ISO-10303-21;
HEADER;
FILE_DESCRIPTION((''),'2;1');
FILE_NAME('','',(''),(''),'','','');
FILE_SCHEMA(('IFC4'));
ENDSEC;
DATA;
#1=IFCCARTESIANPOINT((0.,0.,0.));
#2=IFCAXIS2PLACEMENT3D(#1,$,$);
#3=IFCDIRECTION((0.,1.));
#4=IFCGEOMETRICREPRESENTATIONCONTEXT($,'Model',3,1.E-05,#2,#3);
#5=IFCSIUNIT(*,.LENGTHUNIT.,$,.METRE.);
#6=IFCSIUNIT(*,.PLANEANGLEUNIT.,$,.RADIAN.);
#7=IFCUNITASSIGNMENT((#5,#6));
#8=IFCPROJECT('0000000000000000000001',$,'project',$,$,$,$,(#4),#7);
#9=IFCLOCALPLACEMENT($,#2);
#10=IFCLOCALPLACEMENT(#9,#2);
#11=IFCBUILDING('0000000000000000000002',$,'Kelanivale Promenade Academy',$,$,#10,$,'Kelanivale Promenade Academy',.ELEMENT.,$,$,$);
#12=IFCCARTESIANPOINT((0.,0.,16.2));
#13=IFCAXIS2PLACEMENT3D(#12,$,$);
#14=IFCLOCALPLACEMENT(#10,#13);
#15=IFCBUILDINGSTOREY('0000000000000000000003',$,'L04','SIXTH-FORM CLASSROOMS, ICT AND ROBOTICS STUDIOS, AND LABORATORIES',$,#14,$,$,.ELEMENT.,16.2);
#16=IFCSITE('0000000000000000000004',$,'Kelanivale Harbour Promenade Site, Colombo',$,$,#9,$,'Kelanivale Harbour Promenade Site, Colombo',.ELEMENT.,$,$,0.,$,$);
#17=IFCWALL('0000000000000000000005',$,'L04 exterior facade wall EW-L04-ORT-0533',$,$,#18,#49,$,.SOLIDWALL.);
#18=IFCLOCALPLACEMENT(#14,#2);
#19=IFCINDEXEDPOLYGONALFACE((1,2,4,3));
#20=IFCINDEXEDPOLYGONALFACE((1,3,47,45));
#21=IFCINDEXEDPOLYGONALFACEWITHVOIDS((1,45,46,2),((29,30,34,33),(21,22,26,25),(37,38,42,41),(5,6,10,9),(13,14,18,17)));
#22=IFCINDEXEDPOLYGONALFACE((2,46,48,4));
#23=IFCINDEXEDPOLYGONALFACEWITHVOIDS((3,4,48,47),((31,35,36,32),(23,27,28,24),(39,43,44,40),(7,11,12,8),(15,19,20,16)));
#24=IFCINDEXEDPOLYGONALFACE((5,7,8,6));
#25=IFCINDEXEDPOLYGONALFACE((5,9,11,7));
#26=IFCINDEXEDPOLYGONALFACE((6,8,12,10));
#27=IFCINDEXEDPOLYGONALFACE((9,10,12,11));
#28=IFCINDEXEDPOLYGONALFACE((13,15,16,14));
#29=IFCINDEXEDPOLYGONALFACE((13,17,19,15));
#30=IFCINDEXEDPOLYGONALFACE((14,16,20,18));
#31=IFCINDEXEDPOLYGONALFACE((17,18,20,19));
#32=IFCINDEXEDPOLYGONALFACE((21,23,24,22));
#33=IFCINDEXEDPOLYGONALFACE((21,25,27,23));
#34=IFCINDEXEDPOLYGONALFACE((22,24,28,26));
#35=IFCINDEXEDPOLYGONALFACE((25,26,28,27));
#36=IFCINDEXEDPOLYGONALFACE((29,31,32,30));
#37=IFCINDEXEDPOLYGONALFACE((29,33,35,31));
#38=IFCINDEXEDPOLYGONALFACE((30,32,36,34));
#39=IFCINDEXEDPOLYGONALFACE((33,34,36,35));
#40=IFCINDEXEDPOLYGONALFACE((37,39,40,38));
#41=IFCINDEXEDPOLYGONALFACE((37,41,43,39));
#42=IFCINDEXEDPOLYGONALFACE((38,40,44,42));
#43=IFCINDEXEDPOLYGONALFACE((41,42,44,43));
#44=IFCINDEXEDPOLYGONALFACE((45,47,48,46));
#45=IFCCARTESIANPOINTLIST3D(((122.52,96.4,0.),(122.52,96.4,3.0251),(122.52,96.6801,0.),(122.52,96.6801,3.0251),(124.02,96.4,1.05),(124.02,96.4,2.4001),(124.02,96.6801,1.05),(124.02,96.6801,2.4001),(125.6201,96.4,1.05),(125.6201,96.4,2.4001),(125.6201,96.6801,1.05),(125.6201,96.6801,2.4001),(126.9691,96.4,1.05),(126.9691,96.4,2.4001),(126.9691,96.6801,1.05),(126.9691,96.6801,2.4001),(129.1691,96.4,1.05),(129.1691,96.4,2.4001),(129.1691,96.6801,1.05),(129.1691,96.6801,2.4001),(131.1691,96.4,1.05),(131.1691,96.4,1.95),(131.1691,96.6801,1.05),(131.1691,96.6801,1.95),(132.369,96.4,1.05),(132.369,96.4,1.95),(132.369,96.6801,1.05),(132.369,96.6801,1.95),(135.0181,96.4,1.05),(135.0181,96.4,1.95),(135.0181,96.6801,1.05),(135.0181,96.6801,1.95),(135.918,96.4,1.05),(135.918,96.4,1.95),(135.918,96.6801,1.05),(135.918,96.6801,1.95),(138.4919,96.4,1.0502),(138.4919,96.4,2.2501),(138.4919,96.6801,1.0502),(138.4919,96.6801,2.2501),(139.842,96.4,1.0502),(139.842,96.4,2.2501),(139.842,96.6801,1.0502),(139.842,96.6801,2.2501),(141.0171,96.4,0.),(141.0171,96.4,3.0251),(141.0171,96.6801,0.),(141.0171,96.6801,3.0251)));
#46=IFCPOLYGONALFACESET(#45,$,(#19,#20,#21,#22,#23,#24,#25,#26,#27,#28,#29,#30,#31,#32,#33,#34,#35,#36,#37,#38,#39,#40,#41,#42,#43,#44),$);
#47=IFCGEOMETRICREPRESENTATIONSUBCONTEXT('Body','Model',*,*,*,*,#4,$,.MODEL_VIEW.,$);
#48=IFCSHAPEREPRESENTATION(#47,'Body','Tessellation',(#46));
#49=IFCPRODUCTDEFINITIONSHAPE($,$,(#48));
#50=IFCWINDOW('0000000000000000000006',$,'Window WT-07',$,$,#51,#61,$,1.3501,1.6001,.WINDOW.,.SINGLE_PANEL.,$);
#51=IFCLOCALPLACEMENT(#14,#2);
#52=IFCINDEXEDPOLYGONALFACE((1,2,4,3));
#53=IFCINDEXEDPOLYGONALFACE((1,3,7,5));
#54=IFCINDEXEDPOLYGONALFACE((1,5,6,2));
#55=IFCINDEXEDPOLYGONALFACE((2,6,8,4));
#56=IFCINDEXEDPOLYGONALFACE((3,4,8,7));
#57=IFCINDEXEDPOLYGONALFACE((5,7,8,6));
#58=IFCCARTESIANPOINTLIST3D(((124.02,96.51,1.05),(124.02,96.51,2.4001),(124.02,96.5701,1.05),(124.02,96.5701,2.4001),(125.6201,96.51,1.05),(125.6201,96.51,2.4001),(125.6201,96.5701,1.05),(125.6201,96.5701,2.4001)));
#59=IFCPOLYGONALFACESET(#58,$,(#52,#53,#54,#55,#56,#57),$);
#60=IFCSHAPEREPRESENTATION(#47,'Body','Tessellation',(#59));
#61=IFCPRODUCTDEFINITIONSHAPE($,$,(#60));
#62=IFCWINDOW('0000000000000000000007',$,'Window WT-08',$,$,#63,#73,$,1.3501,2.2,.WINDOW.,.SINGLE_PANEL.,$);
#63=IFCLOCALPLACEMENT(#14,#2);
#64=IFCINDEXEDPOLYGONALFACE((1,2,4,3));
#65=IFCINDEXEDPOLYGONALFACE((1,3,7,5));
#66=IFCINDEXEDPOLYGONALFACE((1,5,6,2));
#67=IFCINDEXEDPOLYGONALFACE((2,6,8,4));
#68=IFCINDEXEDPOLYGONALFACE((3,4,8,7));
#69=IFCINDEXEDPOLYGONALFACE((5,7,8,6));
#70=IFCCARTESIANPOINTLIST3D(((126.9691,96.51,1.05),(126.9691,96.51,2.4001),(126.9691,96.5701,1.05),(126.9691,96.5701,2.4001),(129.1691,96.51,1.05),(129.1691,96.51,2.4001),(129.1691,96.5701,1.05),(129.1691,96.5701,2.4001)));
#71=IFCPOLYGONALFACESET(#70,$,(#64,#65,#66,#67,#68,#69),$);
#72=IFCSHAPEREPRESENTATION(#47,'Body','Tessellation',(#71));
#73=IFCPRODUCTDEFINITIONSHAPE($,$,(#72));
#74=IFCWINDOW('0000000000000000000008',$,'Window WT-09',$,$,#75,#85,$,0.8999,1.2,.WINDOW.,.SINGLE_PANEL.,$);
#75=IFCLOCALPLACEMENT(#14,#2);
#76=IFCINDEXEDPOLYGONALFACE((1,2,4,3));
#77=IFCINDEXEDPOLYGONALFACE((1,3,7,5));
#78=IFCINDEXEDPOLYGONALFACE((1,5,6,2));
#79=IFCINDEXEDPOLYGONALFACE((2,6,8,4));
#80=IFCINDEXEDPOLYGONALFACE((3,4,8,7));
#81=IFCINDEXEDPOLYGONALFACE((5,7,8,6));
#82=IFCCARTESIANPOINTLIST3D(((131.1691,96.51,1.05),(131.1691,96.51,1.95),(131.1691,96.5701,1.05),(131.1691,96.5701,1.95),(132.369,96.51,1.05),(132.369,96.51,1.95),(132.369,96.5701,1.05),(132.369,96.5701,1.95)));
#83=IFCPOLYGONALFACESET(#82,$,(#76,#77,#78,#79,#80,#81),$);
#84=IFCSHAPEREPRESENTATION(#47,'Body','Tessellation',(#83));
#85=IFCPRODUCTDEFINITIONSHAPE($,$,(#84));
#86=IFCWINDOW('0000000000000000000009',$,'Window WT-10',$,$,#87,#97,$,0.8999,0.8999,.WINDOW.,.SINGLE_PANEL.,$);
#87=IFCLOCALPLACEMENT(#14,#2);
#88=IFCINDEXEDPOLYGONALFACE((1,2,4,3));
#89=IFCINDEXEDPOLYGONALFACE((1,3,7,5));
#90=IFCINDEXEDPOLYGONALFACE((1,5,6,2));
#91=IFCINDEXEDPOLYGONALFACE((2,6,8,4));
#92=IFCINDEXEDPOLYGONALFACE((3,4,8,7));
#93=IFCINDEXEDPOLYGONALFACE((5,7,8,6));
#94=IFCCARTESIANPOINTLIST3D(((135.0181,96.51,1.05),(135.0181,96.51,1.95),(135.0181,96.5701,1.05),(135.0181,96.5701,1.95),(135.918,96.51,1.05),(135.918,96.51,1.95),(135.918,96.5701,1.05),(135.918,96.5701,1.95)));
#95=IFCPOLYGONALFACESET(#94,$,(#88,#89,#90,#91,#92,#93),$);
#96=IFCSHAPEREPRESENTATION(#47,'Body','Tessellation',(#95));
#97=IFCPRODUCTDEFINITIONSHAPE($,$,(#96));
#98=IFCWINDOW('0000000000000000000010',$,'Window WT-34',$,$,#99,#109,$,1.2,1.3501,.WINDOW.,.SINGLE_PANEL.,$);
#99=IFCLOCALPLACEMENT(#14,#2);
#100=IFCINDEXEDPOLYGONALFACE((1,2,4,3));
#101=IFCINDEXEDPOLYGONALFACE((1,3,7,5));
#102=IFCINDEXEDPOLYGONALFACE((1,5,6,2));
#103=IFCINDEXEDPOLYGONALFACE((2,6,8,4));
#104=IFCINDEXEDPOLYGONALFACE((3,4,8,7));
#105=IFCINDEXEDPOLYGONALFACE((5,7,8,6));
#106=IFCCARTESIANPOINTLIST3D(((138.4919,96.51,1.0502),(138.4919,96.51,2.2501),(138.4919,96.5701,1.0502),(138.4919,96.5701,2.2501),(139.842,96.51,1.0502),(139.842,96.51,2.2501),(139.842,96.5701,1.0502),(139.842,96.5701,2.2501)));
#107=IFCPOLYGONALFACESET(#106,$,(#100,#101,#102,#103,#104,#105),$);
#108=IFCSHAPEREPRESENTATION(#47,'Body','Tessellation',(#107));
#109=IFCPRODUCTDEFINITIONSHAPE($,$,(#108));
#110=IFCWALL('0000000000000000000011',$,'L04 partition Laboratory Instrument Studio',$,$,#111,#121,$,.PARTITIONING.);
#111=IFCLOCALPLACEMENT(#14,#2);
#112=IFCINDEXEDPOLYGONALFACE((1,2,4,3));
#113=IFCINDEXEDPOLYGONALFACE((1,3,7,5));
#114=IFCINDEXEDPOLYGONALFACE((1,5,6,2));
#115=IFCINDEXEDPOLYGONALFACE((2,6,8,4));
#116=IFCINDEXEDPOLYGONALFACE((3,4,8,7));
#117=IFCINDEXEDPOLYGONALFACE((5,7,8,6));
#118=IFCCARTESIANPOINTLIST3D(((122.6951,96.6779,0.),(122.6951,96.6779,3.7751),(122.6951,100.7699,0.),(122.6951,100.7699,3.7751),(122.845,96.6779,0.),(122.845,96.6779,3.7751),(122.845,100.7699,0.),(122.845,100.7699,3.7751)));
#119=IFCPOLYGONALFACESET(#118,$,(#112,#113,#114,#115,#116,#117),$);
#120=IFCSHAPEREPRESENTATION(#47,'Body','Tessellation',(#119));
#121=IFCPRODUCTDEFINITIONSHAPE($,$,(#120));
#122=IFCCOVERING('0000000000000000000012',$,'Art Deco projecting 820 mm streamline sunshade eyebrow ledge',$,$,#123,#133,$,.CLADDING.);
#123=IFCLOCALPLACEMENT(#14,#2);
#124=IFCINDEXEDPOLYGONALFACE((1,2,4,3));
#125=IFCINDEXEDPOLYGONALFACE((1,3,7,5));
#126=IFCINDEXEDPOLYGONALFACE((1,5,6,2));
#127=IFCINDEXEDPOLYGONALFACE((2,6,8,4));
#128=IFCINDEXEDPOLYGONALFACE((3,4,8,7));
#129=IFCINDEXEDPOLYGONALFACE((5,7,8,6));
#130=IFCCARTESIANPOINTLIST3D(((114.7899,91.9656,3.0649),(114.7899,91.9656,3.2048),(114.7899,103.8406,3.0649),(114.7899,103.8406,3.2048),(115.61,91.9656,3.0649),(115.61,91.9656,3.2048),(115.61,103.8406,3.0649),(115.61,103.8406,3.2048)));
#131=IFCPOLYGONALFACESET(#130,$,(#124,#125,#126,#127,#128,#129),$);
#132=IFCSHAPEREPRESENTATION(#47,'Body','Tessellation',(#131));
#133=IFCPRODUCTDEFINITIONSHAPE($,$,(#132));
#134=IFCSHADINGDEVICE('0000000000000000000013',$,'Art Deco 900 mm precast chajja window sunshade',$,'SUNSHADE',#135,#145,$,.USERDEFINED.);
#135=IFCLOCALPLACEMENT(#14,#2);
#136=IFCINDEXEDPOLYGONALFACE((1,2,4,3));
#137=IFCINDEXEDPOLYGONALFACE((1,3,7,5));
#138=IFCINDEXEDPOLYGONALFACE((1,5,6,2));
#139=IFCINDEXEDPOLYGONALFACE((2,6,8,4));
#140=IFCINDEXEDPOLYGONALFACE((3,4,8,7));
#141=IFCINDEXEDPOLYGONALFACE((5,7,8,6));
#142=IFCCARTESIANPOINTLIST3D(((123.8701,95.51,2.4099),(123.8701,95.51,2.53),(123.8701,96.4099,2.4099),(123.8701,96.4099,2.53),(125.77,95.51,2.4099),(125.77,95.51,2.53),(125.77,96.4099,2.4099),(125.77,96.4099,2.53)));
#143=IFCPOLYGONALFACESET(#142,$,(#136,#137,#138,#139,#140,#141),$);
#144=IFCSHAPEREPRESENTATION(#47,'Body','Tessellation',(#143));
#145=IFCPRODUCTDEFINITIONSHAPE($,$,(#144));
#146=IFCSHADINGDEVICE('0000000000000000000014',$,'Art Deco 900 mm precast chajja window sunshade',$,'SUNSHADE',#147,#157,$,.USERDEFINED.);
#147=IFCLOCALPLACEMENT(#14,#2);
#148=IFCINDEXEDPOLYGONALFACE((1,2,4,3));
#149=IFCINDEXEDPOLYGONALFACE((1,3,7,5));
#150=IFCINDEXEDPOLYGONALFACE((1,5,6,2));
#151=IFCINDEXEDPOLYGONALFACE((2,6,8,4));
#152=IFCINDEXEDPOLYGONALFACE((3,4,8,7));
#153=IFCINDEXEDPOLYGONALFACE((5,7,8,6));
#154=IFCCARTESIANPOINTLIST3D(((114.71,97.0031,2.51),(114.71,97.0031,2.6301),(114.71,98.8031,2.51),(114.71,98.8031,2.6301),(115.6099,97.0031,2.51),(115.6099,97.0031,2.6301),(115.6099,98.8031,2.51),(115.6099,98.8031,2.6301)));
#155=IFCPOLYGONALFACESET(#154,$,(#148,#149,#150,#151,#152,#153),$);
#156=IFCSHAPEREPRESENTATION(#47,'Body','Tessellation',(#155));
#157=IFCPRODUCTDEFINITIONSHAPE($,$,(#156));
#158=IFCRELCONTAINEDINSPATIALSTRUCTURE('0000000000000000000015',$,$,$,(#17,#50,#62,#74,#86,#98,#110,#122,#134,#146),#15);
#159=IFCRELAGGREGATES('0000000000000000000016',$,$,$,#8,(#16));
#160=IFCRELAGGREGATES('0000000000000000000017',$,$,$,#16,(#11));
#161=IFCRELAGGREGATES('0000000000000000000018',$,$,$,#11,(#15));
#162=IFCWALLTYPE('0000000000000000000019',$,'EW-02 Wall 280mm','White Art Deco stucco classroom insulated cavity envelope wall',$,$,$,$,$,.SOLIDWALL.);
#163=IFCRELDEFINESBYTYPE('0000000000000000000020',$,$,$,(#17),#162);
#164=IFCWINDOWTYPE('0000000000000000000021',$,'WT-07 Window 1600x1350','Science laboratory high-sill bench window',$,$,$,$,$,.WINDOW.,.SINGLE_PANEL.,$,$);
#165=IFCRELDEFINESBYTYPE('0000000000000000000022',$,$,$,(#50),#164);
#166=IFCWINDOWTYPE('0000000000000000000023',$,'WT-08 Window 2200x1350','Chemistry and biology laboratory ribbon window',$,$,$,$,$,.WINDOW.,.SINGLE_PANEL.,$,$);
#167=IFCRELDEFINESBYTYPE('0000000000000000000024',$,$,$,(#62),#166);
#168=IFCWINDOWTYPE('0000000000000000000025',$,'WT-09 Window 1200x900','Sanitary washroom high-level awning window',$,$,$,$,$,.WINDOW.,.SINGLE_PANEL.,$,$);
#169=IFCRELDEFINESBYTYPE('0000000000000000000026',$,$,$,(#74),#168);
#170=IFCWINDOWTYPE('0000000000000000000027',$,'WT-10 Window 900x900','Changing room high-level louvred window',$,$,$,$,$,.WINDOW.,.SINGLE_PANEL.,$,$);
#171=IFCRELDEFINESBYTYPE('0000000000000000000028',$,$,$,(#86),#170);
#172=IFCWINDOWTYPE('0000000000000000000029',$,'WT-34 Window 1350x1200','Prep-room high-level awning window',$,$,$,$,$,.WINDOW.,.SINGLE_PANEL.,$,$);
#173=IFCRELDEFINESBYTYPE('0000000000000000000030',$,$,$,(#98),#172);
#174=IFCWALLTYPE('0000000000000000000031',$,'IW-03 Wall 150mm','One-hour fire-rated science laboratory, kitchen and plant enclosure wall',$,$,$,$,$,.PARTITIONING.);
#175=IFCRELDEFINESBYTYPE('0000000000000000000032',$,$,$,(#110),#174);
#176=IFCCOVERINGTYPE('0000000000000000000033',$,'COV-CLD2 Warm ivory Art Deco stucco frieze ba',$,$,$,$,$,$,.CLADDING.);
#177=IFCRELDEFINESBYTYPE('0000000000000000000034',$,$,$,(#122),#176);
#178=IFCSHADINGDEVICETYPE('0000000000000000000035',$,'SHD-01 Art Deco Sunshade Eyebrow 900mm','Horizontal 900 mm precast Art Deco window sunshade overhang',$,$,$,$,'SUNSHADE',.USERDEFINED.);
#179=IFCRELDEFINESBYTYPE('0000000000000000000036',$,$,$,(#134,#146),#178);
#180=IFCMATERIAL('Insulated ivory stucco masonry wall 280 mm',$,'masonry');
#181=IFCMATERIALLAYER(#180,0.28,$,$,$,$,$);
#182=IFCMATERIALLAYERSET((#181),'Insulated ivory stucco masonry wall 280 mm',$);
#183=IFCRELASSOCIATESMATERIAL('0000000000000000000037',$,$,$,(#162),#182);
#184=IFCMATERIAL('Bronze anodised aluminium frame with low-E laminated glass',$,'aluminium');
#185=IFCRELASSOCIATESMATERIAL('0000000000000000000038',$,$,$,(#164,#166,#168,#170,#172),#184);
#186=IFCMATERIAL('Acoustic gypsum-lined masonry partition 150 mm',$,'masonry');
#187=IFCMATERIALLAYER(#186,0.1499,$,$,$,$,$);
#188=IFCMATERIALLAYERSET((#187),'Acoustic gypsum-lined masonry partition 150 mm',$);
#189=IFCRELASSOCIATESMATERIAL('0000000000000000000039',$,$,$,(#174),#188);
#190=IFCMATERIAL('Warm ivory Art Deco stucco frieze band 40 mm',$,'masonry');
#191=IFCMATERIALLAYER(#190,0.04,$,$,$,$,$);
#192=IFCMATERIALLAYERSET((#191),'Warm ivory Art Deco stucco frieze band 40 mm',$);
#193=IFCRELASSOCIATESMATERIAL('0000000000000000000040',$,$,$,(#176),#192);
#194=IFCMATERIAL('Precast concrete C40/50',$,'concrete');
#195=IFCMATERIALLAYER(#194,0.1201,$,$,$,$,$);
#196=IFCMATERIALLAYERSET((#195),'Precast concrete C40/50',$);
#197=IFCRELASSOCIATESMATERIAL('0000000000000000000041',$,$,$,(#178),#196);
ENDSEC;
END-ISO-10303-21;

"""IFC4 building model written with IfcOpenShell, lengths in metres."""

from ifc_helpers import new_model, si_unit, direction, frame, frame_2d, origin, origin_2d, place, context, subcontext, project, spatial, rectangle, extrude, material, layer, layer_set, type_object, element, fill, save


model = new_model("IFC4")

# Units and contexts
model_context = context("Model", 3, precision=1e-05, world=origin(), true_north=direction((0.0, 1.0)))
body_context = subcontext(model_context, "Body", "Model", "MODEL_VIEW")
ifc_project = project(units=[si_unit("LENGTHUNIT", "METRE"), si_unit("PLANEANGLEUNIT", "RADIAN")], contexts=[model_context])

# Site, building, storey
site_placement = place(None, origin())
site = spatial("IfcSite", under=ifc_project, at=site_placement, Name="Kelanivale Harbour Promenade Site, Colombo", LongName="Kelanivale Harbour Promenade Site, Colombo", CompositionType="ELEMENT", RefElevation=0.0)
building_placement = place(site_placement, origin())
building = spatial("IfcBuilding", under=site, at=building_placement, Name="Kelanivale Promenade Academy", LongName="Kelanivale Promenade Academy", CompositionType="ELEMENT")
storey_placement = place(building_placement, frame((0.0, 0.0, 16.2)))
storey = spatial("IfcBuildingStorey", under=building, at=storey_placement, Name="L04", Description="SIXTH-FORM CLASSROOMS, ICT AND ROBOTICS STUDIOS, AND LABORATORIES", CompositionType="ELEMENT", Elevation=16.2)

# Wall, openings, windows
ifc_material_1 = material(Name="Insulated ivory stucco masonry wall 280 mm", Category="masonry")
ifc_layer_1 = layer(ifc_material_1, 0.28)
ifc_layer_set_1 = layer_set([ifc_layer_1], Name="Insulated ivory stucco masonry wall 280 mm")
wall_type_1 = type_object("IfcWallType", Name="EW-02 Wall 280mm", Description="White Art Deco stucco classroom insulated cavity envelope wall", PredefinedType="SOLIDWALL", material=ifc_layer_set_1)
wall_1_placement = place(storey_placement, frame((122.52, 96.54, 0.0), z_axis=(0.0, 0.0, 1.0), x_axis=(1.0, 0.0, 0.0)))
wall_1 = element("IfcWall", 1, at=wall_1_placement, inside=storey, type_object=wall_type_1, Name="L04 exterior facade wall EW-L04-ORT-0533", PredefinedType="SOLIDWALL", context=body_context, shape_type="SweptSolid", body=[
    extrude(rectangle(XDim=18.4971, YDim=0.28, at=frame_2d((9.2485, 0.0))), origin(), (0.0, 0.0, 1.0), 3.0251),
])
opening_1_placement = place(wall_1_placement, frame((1.5, 0.0, 1.05)))
opening_1 = element("IfcOpeningElement", 2, at=opening_1_placement, cuts=wall_1, PredefinedType="OPENING", context=body_context, shape_type="SweptSolid", body=[
    extrude(rectangle(XDim=1.6001, YDim=1.3501, at=frame_2d((0.8, 0.675))), frame((0.0, 0.1499, 0.0), z_axis=(0.0, -1.0, 0.0), x_axis=(1.0, 0.0, 0.0)), (0.0, 0.0, 1.0), 0.3),
])
opening_2_placement = place(wall_1_placement, frame((4.449, 0.0, 1.05)))
opening_2 = element("IfcOpeningElement", 3, at=opening_2_placement, cuts=wall_1, PredefinedType="OPENING", context=body_context, shape_type="SweptSolid", body=[
    extrude(rectangle(XDim=2.2, YDim=1.3501, at=frame_2d((1.1001, 0.675))), frame((0.0, 0.1499, 0.0), z_axis=(0.0, -1.0, 0.0), x_axis=(1.0, 0.0, 0.0)), (0.0, 0.0, 1.0), 0.3),
])
opening_3_placement = place(wall_1_placement, frame((8.6489, 0.0, 1.05)))
opening_3 = element("IfcOpeningElement", 4, at=opening_3_placement, cuts=wall_1, PredefinedType="OPENING", context=body_context, shape_type="SweptSolid", body=[
    extrude(rectangle(XDim=1.2, YDim=0.8999, at=frame_2d((0.6001, 0.45))), frame((0.0, 0.1499, 0.0), z_axis=(0.0, -1.0, 0.0), x_axis=(1.0, 0.0, 0.0)), (0.0, 0.0, 1.0), 0.3),
])
opening_4_placement = place(wall_1_placement, frame((12.498, 0.0, 1.05)))
opening_4 = element("IfcOpeningElement", 5, at=opening_4_placement, cuts=wall_1, PredefinedType="OPENING", context=body_context, shape_type="SweptSolid", body=[
    extrude(rectangle(XDim=0.8999, YDim=0.8999, at=frame_2d((0.45, 0.45))), frame((0.0, 0.1499, 0.0), z_axis=(0.0, -1.0, 0.0), x_axis=(1.0, 0.0, 0.0)), (0.0, 0.0, 1.0), 0.3),
])
opening_5_placement = place(wall_1_placement, frame((15.9719, 0.0, 1.05)))
opening_5 = element("IfcOpeningElement", 6, at=opening_5_placement, cuts=wall_1, PredefinedType="OPENING", context=body_context, shape_type="SweptSolid", body=[
    extrude(rectangle(XDim=1.3501, YDim=1.2, at=frame_2d((0.675, 0.6001))), frame((0.0, 0.1499, 0.0), z_axis=(0.0, -1.0, 0.0), x_axis=(1.0, 0.0, 0.0)), (0.0, 0.0, 1.0), 0.3),
])
ifc_material_2 = material(Name="Bronze anodised aluminium frame with low-E laminated glass", Category="aluminium")
window_type_1 = type_object("IfcWindowType", Name="WT-07 Window 1600x1350", Description="Science laboratory high-sill bench window", PartitioningType="SINGLE_PANEL", PredefinedType="WINDOW", material=ifc_material_2)
window_1_placement = place(opening_1_placement, origin())
window_1 = element("IfcWindow", 7, at=window_1_placement, inside=storey, type_object=window_type_1, Name="Window WT-07", OverallHeight=1.3501, OverallWidth=1.6001, PartitioningType="SINGLE_PANEL", PredefinedType="WINDOW", context=body_context, shape_type="SweptSolid", body=[
    extrude(rectangle(XDim=1.6001, YDim=1.3501, at=frame_2d((0.8, 0.675))), frame((0.0, 0.03, 0.0), z_axis=(0.0, -1.0, 0.0), x_axis=(1.0, 0.0, 0.0)), (0.0, 0.0, 1.0), 0.0601),
])
fill(opening_1, window_1)
window_type_2 = type_object("IfcWindowType", Name="WT-08 Window 2200x1350", Description="Chemistry and biology laboratory ribbon window", PartitioningType="SINGLE_PANEL", PredefinedType="WINDOW", material=ifc_material_2)
window_2_placement = place(opening_2_placement, origin())
window_2 = element("IfcWindow", 8, at=window_2_placement, inside=storey, type_object=window_type_2, Name="Window WT-08", OverallHeight=1.3501, OverallWidth=2.2, PartitioningType="SINGLE_PANEL", PredefinedType="WINDOW", context=body_context, shape_type="SweptSolid", body=[
    extrude(rectangle(XDim=2.2, YDim=1.3501, at=frame_2d((1.1001, 0.675))), frame((0.0, 0.03, 0.0), z_axis=(0.0, -1.0, 0.0), x_axis=(1.0, 0.0, 0.0)), (0.0, 0.0, 1.0), 0.0601),
])
fill(opening_2, window_2)
window_type_3 = type_object("IfcWindowType", Name="WT-09 Window 1200x900", Description="Sanitary washroom high-level awning window", PartitioningType="SINGLE_PANEL", PredefinedType="WINDOW", material=ifc_material_2)
window_3_placement = place(opening_3_placement, origin())
window_3 = element("IfcWindow", 9, at=window_3_placement, inside=storey, type_object=window_type_3, Name="Window WT-09", OverallHeight=0.8999, OverallWidth=1.2, PartitioningType="SINGLE_PANEL", PredefinedType="WINDOW", context=body_context, shape_type="SweptSolid", body=[
    extrude(rectangle(XDim=1.2, YDim=0.8999, at=frame_2d((0.6001, 0.45))), frame((0.0, 0.03, 0.0), z_axis=(0.0, -1.0, 0.0), x_axis=(1.0, 0.0, 0.0)), (0.0, 0.0, 1.0), 0.0601),
])
fill(opening_3, window_3)
window_type_4 = type_object("IfcWindowType", Name="WT-10 Window 900x900", Description="Changing room high-level louvred window", PartitioningType="SINGLE_PANEL", PredefinedType="WINDOW", material=ifc_material_2)
window_4_placement = place(opening_4_placement, origin())
window_4 = element("IfcWindow", 10, at=window_4_placement, inside=storey, type_object=window_type_4, Name="Window WT-10", OverallHeight=0.8999, OverallWidth=0.8999, PartitioningType="SINGLE_PANEL", PredefinedType="WINDOW", context=body_context, shape_type="SweptSolid", body=[
    extrude(rectangle(XDim=0.8999, YDim=0.8999, at=frame_2d((0.45, 0.45))), frame((0.0, 0.03, 0.0), z_axis=(0.0, -1.0, 0.0), x_axis=(1.0, 0.0, 0.0)), (0.0, 0.0, 1.0), 0.0601),
])
fill(opening_4, window_4)
window_type_5 = type_object("IfcWindowType", Name="WT-34 Window 1350x1200", Description="Prep-room high-level awning window", PartitioningType="SINGLE_PANEL", PredefinedType="WINDOW", material=ifc_material_2)
window_5_placement = place(opening_5_placement, origin())
window_5 = element("IfcWindow", 11, at=window_5_placement, inside=storey, type_object=window_type_5, Name="Window WT-34", OverallHeight=1.2, OverallWidth=1.3501, PartitioningType="SINGLE_PANEL", PredefinedType="WINDOW", context=body_context, shape_type="SweptSolid", body=[
    extrude(rectangle(XDim=1.3501, YDim=1.2, at=frame_2d((0.675, 0.6001))), frame((0.0, 0.03, 0.0), z_axis=(0.0, -1.0, 0.0), x_axis=(1.0, 0.0, 0.0)), (0.0, 0.0, 1.0), 0.0601),
])
fill(opening_5, window_5)

# Wall
ifc_material_3 = material(Name="Acoustic gypsum-lined masonry partition 150 mm", Category="masonry")
ifc_layer_2 = layer(ifc_material_3, 0.1499)
ifc_layer_set_2 = layer_set([ifc_layer_2], Name="Acoustic gypsum-lined masonry partition 150 mm")
wall_type_2 = type_object("IfcWallType", Name="IW-03 Wall 150mm", Description="One-hour fire-rated science laboratory, kitchen and plant enclosure wall", PredefinedType="PARTITIONING", material=ifc_layer_set_2)
wall_2_placement = place(storey_placement, frame((122.77, 96.678, 0.0), z_axis=(0.0, 0.0, 1.0), x_axis=(0.0, 1.0, 0.0)))
element("IfcWall", 12, at=wall_2_placement, inside=storey, type_object=wall_type_2, Name="L04 partition Laboratory Instrument Studio", PredefinedType="PARTITIONING", context=body_context, shape_type="SweptSolid", body=[
    extrude(rectangle(XDim=4.092, YDim=0.1499, at=frame_2d((2.0459, 0.0))), origin(), (0.0, 0.0, 1.0), 3.7751),
])

# Covering
ifc_material_4 = material(Name="Warm ivory Art Deco stucco frieze band 40 mm", Category="masonry")
ifc_layer_3 = layer(ifc_material_4, 0.04)
ifc_layer_set_3 = layer_set([ifc_layer_3], Name="Warm ivory Art Deco stucco frieze band 40 mm")
covering_type = type_object("IfcCoveringType", Name="COV-CLD2 Warm ivory Art Deco stucco frieze ba", PredefinedType="CLADDING", material=ifc_layer_set_3)
covering_placement = place(storey_placement, frame((115.2, 97.9031, 3.0649), z_axis=(0.0, 0.0, 1.0), x_axis=(0.0, -1.0, 0.0)))
element("IfcCovering", 13, at=covering_placement, inside=storey, type_object=covering_type, Name="Art Deco projecting 820 mm streamline sunshade eyebrow ledge", PredefinedType="CLADDING", context=body_context, shape_type="SweptSolid", body=[
    extrude(rectangle(XDim=11.875, YDim=0.8201, at=origin_2d()), origin(), (0.0, 0.0, 1.0), 0.1399),
])

# Shading devices
ifc_material_5 = material(Name="Precast concrete C40/50", Category="concrete")
ifc_layer_4 = layer(ifc_material_5, 0.1201)
ifc_layer_set_4 = layer_set([ifc_layer_4], Name="Precast concrete C40/50")
shading_device_type_1 = type_object("IfcShadingDeviceType", Name="SHD-01 Art Deco Sunshade Eyebrow 900mm", Description="Horizontal 900 mm precast Art Deco window sunshade overhang", ElementType="SUNSHADE", PredefinedType="USERDEFINED", material=ifc_layer_set_4)
shading_device_1_placement = place(storey_placement, frame((124.8201, 95.96, 2.4099), z_axis=(0.0, 0.0, 1.0), x_axis=(1.0, 0.0, 0.0)))
element("IfcShadingDevice", 14, at=shading_device_1_placement, inside=storey, type_object=shading_device_type_1, Name="Art Deco 900 mm precast chajja window sunshade", ObjectType="SUNSHADE", PredefinedType="USERDEFINED", context=body_context, shape_type="SweptSolid", body=[
    extrude(rectangle(XDim=1.8999, YDim=0.8999, at=origin_2d()), origin(), (0.0, 0.0, 1.0), 0.1201),
])
shading_device_2_placement = place(storey_placement, frame((115.1599, 97.9031, 2.51), z_axis=(0.0, 0.0, 1.0), x_axis=(0.0, -1.0, 0.0)))
element("IfcShadingDevice", 15, at=shading_device_2_placement, inside=storey, type_object=shading_device_type_1, Name="Art Deco 900 mm precast chajja window sunshade", ObjectType="SUNSHADE", PredefinedType="USERDEFINED", context=body_context, shape_type="SweptSolid", body=[
    extrude(rectangle(XDim=1.8, YDim=0.8999, at=origin_2d()), origin(), (0.0, 0.0, 1.0), 0.1201),
])

save(model, "model.ifc")
